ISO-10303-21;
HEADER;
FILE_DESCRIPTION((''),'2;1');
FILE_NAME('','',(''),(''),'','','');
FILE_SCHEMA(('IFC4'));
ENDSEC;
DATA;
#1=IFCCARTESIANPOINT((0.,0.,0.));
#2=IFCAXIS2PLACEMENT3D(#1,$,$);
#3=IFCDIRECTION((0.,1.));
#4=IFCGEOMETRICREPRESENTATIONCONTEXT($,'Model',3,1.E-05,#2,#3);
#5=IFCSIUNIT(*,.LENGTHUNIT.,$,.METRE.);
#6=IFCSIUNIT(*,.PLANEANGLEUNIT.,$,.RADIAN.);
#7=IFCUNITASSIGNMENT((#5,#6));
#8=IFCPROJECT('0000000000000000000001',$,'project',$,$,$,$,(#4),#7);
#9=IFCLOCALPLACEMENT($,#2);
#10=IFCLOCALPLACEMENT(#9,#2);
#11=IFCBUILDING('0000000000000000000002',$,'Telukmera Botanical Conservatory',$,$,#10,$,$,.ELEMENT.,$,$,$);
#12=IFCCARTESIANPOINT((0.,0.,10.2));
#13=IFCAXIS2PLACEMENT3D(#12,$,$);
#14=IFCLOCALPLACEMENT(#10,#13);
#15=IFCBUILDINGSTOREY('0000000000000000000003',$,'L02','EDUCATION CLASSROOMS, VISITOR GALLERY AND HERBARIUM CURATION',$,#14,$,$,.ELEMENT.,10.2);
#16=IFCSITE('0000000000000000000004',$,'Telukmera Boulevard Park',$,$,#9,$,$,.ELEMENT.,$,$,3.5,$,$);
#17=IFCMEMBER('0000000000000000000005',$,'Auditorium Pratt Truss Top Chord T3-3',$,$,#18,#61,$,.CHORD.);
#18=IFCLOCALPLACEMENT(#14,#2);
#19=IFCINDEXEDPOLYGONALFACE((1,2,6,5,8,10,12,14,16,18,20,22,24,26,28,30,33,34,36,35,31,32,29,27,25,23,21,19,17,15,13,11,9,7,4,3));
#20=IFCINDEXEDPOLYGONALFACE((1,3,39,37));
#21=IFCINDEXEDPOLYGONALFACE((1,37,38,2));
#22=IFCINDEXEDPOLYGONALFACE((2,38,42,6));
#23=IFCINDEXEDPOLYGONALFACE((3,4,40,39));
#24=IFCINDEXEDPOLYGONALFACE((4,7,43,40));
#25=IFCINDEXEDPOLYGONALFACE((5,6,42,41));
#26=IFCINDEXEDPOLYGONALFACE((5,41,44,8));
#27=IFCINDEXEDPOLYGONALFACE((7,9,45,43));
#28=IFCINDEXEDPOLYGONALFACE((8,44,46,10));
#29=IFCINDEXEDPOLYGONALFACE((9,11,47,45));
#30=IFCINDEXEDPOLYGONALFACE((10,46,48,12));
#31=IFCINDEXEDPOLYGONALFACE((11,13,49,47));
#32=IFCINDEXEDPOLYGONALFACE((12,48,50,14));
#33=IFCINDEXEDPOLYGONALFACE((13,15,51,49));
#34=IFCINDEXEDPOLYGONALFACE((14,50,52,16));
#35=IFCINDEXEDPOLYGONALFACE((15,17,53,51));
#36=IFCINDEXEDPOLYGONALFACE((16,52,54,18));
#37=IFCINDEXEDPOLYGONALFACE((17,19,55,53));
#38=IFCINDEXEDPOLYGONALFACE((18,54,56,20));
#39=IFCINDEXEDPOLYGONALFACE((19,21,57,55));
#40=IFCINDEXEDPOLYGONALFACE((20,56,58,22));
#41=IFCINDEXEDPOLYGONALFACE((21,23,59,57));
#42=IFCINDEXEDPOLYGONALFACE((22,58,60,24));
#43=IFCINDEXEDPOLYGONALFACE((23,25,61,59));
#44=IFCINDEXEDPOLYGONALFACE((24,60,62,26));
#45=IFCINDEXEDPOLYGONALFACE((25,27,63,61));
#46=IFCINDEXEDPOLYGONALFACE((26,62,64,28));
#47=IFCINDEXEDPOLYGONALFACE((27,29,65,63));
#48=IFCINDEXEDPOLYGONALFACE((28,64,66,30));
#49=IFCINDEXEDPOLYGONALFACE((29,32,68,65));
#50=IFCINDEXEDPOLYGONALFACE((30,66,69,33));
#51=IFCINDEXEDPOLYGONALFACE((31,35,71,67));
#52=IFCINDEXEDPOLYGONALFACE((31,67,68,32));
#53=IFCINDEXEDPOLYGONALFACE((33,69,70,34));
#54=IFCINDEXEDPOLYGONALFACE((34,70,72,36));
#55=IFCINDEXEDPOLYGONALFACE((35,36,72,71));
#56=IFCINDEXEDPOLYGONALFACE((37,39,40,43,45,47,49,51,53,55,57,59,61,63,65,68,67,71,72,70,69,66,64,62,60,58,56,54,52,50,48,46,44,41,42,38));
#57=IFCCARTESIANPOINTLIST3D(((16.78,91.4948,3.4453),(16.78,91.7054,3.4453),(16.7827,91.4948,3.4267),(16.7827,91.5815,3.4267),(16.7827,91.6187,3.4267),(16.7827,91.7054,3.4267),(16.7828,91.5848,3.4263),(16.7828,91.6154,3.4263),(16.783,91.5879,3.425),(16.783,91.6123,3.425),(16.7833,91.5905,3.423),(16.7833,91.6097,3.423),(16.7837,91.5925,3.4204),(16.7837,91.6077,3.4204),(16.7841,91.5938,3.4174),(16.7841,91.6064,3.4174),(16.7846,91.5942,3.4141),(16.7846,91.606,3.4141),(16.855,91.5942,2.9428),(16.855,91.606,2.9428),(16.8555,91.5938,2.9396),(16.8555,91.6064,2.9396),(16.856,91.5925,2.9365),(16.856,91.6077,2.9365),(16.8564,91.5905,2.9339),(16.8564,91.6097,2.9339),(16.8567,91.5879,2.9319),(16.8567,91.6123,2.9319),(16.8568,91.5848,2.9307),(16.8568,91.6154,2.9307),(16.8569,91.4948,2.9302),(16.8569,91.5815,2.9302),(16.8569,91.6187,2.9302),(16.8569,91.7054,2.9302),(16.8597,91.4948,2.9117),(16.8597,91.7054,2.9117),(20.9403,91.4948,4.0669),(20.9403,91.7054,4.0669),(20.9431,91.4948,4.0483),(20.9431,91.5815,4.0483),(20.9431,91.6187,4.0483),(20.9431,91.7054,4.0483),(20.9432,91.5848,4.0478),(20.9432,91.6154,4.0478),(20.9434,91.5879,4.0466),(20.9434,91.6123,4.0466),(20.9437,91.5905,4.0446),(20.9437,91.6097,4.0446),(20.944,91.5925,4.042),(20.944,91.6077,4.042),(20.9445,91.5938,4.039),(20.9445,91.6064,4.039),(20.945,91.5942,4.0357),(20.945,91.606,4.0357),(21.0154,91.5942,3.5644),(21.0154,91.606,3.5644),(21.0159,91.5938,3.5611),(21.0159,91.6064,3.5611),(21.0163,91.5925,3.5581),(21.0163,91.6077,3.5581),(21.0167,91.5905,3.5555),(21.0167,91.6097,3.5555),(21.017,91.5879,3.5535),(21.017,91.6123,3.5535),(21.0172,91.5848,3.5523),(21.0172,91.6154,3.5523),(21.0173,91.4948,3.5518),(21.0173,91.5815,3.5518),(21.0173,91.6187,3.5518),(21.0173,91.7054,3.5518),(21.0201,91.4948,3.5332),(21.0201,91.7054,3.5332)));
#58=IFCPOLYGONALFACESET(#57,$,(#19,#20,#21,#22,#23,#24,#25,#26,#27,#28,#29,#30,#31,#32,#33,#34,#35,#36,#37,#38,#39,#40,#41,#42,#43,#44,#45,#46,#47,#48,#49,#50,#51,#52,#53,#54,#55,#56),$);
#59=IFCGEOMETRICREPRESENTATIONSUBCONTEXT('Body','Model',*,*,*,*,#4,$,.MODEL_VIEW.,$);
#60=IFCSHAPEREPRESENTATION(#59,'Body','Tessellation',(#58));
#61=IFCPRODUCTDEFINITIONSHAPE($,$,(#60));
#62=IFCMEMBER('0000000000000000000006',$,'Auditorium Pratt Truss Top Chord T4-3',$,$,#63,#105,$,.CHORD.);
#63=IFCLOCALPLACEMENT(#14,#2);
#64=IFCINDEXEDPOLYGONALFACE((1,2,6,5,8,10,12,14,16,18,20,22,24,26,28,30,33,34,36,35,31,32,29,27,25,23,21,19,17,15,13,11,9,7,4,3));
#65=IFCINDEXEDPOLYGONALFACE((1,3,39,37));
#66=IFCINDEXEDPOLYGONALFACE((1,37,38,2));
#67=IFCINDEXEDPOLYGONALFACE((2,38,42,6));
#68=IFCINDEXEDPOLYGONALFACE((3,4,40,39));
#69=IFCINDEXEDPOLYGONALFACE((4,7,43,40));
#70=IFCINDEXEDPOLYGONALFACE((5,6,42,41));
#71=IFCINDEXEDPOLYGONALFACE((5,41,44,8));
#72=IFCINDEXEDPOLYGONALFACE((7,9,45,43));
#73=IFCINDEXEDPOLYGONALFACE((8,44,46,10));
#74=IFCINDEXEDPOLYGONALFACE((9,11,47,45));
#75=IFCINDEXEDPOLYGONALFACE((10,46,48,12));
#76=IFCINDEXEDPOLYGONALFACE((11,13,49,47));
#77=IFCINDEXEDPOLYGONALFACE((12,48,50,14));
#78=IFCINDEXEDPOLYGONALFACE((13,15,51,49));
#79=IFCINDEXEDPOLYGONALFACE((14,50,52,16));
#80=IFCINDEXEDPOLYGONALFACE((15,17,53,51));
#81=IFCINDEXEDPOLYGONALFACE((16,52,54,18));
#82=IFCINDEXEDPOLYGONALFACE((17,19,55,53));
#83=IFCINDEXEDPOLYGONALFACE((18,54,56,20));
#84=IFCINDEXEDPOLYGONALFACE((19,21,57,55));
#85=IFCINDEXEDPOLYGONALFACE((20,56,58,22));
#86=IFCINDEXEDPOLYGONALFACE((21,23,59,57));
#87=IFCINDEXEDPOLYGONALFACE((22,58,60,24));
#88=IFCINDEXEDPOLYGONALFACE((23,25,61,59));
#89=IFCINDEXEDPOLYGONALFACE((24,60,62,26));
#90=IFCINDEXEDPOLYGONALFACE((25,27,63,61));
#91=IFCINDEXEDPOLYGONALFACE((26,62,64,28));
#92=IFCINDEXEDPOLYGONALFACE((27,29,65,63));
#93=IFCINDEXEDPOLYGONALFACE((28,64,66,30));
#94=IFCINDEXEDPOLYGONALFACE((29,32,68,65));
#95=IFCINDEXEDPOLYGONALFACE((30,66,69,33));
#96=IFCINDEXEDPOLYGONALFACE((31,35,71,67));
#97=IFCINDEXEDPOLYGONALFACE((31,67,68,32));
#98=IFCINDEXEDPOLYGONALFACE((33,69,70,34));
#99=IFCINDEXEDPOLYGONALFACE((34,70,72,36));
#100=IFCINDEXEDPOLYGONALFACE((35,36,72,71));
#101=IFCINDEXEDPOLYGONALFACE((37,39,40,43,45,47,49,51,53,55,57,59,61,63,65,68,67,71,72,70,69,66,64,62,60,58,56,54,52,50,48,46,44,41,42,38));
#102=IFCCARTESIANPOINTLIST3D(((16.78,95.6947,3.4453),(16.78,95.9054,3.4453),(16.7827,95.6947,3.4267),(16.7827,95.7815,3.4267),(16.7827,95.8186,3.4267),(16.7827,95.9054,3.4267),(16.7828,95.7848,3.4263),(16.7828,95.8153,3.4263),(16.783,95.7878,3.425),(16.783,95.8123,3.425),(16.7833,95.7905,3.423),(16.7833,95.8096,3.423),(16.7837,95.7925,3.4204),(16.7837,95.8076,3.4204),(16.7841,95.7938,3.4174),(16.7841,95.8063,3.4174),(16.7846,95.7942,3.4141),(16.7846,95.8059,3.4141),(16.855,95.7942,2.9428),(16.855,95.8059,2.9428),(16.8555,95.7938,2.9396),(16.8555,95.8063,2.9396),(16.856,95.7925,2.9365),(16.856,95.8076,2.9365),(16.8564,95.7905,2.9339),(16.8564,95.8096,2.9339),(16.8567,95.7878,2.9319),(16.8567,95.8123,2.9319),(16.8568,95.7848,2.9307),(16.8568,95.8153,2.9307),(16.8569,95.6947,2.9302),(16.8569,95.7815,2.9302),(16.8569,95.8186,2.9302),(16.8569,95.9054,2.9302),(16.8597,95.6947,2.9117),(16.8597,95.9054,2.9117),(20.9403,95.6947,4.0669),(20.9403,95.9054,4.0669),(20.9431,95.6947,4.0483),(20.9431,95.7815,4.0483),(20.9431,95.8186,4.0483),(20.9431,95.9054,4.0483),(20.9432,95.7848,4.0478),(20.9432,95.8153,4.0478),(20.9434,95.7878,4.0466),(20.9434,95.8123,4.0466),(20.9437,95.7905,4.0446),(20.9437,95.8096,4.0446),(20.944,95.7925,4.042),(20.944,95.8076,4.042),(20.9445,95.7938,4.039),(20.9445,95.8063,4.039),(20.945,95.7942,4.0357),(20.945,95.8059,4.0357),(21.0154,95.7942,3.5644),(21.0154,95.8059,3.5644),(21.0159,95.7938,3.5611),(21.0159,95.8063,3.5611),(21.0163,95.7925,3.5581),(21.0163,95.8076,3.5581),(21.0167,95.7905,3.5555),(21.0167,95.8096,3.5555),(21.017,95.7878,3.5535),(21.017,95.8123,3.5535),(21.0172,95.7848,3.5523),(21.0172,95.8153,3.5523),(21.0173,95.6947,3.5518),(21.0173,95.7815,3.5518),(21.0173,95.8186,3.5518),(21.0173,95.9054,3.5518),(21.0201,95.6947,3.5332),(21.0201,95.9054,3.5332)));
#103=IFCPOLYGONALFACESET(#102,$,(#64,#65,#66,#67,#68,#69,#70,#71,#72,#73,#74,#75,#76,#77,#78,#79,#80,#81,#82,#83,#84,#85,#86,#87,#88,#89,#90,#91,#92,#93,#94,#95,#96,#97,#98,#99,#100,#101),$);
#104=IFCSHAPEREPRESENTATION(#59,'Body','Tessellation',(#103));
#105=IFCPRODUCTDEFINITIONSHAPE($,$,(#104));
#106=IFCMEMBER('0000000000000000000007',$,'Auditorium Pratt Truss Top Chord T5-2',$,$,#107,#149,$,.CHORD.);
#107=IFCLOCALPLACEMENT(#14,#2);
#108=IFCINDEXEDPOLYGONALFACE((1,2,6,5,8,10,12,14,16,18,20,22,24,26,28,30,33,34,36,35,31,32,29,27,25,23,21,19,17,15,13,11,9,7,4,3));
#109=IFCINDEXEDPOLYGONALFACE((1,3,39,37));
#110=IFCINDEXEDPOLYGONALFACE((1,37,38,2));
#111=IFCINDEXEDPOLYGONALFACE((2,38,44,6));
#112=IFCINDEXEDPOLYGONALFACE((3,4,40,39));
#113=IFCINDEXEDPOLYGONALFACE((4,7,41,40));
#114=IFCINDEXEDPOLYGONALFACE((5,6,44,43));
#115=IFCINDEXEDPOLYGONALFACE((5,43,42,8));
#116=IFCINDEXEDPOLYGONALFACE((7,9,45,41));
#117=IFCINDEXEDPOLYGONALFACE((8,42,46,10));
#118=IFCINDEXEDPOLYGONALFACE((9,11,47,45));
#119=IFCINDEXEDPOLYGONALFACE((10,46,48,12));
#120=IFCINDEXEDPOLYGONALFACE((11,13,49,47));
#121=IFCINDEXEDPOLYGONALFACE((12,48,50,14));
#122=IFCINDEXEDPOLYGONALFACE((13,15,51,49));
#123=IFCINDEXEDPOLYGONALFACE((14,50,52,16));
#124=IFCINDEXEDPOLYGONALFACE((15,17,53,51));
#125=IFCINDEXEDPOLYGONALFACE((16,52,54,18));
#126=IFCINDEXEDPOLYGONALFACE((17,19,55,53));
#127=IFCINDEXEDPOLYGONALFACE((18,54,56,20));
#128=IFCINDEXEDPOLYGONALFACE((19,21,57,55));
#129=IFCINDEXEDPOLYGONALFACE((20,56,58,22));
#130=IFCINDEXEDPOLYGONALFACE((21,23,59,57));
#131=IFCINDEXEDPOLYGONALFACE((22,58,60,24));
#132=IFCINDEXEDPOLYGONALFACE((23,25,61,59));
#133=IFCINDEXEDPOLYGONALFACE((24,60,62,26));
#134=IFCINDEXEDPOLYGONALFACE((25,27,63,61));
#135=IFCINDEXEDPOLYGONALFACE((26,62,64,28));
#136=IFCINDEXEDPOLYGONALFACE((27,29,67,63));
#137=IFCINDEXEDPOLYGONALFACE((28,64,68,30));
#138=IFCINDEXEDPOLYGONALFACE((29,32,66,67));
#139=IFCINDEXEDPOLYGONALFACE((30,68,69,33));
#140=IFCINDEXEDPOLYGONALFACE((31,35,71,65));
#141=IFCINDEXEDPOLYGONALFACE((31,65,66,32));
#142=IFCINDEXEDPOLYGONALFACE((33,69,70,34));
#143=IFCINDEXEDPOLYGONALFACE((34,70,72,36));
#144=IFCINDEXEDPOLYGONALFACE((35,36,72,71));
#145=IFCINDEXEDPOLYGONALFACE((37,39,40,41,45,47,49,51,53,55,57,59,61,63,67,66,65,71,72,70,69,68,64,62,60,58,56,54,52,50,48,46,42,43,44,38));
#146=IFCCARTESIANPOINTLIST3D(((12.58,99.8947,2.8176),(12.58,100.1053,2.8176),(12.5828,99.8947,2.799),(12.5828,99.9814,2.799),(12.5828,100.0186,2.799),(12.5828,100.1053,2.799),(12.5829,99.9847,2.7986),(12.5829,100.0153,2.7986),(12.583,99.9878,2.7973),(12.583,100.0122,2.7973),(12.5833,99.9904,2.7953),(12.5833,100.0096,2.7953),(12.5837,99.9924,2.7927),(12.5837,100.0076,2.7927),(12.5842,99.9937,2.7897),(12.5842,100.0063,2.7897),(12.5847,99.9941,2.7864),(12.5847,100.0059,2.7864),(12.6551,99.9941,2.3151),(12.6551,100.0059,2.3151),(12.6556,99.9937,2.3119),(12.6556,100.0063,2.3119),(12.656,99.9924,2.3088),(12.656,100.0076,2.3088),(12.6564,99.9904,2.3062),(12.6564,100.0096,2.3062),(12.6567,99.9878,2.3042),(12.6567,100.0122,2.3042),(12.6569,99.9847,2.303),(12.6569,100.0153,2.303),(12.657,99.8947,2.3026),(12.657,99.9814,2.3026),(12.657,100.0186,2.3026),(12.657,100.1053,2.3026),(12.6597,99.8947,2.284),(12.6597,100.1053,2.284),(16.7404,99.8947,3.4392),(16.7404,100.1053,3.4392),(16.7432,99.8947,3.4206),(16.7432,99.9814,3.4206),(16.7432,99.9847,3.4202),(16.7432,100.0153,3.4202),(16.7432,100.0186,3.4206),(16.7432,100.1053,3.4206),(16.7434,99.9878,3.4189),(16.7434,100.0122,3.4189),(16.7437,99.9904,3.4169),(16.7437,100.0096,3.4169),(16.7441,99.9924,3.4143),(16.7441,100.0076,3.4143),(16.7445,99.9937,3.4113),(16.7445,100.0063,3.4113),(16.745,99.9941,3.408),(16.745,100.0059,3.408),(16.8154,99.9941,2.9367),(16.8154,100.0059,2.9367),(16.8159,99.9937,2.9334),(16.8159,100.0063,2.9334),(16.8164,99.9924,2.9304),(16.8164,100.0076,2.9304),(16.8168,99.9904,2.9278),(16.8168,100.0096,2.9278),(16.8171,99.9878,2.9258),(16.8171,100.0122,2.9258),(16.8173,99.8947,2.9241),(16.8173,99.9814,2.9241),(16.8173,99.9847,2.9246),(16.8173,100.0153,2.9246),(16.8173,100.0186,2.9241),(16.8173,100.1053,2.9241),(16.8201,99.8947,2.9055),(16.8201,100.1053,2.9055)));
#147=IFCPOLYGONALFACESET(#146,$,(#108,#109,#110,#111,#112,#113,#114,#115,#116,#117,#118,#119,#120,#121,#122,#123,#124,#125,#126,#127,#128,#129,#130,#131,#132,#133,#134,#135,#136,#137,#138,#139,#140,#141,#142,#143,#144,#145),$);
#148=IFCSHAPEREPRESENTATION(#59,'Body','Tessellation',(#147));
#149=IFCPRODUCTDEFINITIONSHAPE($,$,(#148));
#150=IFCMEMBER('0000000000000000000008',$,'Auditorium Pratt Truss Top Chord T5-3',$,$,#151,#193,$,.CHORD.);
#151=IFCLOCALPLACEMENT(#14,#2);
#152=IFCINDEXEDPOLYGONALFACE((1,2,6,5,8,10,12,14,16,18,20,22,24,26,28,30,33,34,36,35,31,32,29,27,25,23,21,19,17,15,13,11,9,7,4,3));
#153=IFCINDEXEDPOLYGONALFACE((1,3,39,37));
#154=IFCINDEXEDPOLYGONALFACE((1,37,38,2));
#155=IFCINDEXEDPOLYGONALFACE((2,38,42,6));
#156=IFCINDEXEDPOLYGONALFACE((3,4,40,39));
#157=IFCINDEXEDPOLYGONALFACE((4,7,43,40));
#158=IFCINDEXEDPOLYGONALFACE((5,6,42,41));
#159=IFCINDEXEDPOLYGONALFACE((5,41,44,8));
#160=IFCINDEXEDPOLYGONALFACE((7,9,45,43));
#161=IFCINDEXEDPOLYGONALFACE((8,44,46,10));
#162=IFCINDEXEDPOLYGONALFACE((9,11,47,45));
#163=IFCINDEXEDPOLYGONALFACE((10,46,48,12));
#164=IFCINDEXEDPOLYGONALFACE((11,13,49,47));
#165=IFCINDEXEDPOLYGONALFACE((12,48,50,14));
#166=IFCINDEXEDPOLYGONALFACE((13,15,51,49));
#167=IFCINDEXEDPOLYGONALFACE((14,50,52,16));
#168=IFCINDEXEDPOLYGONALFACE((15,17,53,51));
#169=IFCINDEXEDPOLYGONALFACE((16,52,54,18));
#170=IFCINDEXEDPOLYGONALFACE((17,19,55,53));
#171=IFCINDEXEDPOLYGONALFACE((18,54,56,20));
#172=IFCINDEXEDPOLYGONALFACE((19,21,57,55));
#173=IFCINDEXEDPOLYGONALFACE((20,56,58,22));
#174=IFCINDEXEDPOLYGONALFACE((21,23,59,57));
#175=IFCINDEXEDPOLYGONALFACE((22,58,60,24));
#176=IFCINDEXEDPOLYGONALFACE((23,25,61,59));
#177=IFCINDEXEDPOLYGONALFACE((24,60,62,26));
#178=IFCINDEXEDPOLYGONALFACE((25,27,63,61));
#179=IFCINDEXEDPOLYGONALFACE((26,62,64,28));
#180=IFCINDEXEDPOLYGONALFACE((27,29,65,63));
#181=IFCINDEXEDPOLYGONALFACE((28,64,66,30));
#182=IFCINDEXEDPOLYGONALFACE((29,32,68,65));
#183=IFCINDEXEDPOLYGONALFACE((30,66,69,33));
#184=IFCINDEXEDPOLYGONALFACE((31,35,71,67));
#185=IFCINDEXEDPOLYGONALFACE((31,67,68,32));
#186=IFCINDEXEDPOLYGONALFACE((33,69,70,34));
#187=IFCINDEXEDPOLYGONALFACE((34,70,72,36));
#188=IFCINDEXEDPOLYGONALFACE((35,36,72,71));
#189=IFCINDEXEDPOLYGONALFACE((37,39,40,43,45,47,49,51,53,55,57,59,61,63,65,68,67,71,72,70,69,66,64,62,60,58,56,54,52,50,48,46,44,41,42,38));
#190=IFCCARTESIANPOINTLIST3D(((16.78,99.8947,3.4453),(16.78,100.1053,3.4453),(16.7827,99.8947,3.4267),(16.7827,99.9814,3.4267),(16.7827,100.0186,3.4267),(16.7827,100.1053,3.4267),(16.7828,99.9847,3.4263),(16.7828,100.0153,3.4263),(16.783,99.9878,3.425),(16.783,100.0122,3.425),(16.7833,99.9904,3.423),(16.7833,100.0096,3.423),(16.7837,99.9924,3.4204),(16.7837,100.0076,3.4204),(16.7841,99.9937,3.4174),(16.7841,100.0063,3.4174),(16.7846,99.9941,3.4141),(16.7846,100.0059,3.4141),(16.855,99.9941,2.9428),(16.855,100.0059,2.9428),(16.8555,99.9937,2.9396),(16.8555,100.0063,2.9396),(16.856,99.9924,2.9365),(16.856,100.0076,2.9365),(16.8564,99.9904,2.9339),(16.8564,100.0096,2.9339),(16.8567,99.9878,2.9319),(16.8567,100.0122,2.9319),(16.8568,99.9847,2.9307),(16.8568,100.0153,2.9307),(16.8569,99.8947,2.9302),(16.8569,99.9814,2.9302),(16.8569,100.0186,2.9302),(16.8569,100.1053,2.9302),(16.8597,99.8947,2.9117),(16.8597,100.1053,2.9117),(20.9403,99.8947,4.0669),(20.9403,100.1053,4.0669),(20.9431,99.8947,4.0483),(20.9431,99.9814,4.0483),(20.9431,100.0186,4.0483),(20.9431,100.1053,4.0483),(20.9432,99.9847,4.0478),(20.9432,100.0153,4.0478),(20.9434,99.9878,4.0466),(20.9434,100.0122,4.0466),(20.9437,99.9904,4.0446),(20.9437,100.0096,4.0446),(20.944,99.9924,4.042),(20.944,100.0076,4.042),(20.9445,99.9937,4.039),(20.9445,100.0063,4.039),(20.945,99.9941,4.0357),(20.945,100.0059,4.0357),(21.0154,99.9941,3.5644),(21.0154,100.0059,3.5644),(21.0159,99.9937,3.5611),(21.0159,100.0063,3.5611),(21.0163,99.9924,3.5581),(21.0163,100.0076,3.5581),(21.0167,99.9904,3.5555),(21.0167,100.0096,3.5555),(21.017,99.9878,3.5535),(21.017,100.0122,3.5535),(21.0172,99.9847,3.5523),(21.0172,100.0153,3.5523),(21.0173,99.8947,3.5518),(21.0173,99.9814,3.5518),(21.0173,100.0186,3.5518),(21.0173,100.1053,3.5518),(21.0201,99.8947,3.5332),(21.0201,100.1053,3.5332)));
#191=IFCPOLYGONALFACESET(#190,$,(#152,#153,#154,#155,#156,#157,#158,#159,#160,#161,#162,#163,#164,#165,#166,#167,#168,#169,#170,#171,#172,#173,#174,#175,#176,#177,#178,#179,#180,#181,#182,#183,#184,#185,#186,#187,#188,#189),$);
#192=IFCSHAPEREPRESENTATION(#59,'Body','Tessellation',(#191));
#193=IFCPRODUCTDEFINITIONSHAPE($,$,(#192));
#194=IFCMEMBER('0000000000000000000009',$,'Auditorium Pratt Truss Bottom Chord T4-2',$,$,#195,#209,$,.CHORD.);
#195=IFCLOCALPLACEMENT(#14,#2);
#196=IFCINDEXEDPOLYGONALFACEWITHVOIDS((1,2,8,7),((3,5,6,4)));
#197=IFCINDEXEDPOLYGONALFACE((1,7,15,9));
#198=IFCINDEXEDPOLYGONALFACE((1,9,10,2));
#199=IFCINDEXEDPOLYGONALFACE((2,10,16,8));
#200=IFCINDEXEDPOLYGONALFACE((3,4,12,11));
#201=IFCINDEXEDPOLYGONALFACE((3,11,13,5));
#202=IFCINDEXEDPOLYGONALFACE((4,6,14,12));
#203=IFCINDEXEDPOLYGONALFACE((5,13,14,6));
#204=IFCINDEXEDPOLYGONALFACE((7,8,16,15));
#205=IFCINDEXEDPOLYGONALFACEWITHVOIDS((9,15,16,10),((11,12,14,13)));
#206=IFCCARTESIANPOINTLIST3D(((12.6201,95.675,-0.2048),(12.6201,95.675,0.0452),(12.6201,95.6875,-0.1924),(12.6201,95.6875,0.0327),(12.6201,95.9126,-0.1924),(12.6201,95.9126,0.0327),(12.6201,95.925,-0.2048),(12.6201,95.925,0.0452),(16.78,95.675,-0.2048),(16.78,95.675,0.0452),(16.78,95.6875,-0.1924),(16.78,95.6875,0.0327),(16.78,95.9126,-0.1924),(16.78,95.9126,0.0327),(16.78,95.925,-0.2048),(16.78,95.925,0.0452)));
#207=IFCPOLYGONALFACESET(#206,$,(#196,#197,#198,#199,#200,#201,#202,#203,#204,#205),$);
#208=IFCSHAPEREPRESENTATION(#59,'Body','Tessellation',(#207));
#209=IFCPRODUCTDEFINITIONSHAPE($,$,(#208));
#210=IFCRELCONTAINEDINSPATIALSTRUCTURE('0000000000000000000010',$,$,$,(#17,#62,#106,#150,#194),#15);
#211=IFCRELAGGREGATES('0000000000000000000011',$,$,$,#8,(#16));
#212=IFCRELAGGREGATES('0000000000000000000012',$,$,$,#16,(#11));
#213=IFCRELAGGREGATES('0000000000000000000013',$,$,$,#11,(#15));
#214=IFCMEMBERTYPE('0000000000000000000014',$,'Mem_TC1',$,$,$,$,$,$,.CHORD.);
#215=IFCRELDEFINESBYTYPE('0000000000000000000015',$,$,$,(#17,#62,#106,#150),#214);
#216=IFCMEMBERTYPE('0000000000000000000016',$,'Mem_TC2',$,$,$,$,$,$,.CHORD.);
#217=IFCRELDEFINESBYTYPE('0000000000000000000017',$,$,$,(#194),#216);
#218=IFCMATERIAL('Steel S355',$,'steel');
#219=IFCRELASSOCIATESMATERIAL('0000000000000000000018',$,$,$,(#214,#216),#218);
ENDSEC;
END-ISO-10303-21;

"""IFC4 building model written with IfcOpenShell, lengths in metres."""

from ifc_helpers import new_model, si_unit, direction, frame, origin, origin_2d, place, context, subcontext, project, spatial, hollow_rectangle, i_section, extrude, material, material_profile, profile_set, type_object, element, save


model = new_model("IFC4")

# Units and contexts
model_context = context("Model", 3, precision=1e-05, world=origin(), true_north=direction((0.0, 1.0)))
body_context = subcontext(model_context, "Body", "Model", "MODEL_VIEW")
ifc_project = project(units=[si_unit("LENGTHUNIT", "METRE"), si_unit("PLANEANGLEUNIT", "RADIAN")], contexts=[model_context])

# Site, building, storey
site_placement = place(None, origin())
site = spatial("IfcSite", under=ifc_project, at=site_placement, Name="Telukmera Boulevard Park", CompositionType="ELEMENT", RefElevation=3.5)
building_placement = place(site_placement, origin())
building = spatial("IfcBuilding", under=site, at=building_placement, Name="Telukmera Botanical Conservatory", CompositionType="ELEMENT")
storey_placement = place(building_placement, frame((0.0, 0.0, 10.2)))
storey = spatial("IfcBuildingStorey", under=building, at=storey_placement, Name="L02", Description="EDUCATION CLASSROOMS, VISITOR GALLERY AND HERBARIUM CURATION", CompositionType="ELEMENT", Elevation=10.2)

# Members
ifc_material = material(Name="Steel S355", Category="steel")
ifc_material_profile_1 = material_profile(ifc_material, i_section(OverallWidth=0.2107, OverallDepth=0.5396, WebThickness=0.0117, FlangeThickness=0.0188, FilletRadius=0.0127, at=origin_2d()), Name="UB 533x210x109")
ifc_profile_set_1 = profile_set([ifc_material_profile_1], Name="Steel S355")
member_type_1 = type_object("IfcMemberType", Name="Mem_TC1", PredefinedType="CHORD", material=ifc_profile_set_1)
for number, where, z_axis, x_axis, name in (
    (1, (16.8198, 91.6001, 3.1785), (0.989023, 0.0, 0.147764), (0.0, 1.0, 0.0), "Auditorium Pratt Truss Top Chord T3-3"),
    (2, (16.8198, 95.8, 3.1785), (0.989023, 0.0, 0.147764), (0.0, 1.0, 0.0), "Auditorium Pratt Truss Top Chord T4-3"),
    (3, (12.6199, 100.0, 2.5508), (0.989023, 0.0, 0.147764), (0.0, 1.0, 0.0), "Auditorium Pratt Truss Top Chord T5-2"),
    (4, (16.8198, 100.0, 3.1785), (0.989023, 0.0, 0.147764), (0.0, 1.0, 0.0), "Auditorium Pratt Truss Top Chord T5-3"),
):
    element("IfcMember", number, at=place(storey_placement, frame(where, z_axis=z_axis, x_axis=x_axis)), inside=storey, type_object=member_type_1, Name=name, PredefinedType="CHORD", context=body_context, shape_type="SweptSolid", body=[
        extrude(i_section(OverallWidth=0.2107, OverallDepth=0.5396, WebThickness=0.0117, FlangeThickness=0.0188, FilletRadius=0.0127, at=origin_2d()), origin(), (0.0, 0.0, 1.0), 4.2065),
    ])
ifc_material_profile_2 = material_profile(ifc_material, hollow_rectangle(XDim=0.25, YDim=0.25, WallThickness=0.0125, at=origin_2d()), Name="SHS 250x250x12.5")
ifc_profile_set_2 = profile_set([ifc_material_profile_2], Name="Steel S355")
member_type_2 = type_object("IfcMemberType", Name="Mem_TC2", PredefinedType="CHORD", material=ifc_profile_set_2)
for number, where, z_axis, x_axis, name in (
    (5, (12.6201, 95.8, -0.0798), (1.0, 0.0, 0.0), (0.0, 1.0, 0.0), "Auditorium Pratt Truss Bottom Chord T4-2"),
):
    element("IfcMember", number, at=place(storey_placement, frame(where, z_axis=z_axis, x_axis=x_axis)), inside=storey, type_object=member_type_2, Name=name, PredefinedType="CHORD", context=body_context, shape_type="SweptSolid", body=[
        extrude(hollow_rectangle(XDim=0.25, YDim=0.25, WallThickness=0.0125, at=origin_2d()), origin(), (0.0, 0.0, 1.0), 4.1599),
    ])

save(model, "model.ifc")
